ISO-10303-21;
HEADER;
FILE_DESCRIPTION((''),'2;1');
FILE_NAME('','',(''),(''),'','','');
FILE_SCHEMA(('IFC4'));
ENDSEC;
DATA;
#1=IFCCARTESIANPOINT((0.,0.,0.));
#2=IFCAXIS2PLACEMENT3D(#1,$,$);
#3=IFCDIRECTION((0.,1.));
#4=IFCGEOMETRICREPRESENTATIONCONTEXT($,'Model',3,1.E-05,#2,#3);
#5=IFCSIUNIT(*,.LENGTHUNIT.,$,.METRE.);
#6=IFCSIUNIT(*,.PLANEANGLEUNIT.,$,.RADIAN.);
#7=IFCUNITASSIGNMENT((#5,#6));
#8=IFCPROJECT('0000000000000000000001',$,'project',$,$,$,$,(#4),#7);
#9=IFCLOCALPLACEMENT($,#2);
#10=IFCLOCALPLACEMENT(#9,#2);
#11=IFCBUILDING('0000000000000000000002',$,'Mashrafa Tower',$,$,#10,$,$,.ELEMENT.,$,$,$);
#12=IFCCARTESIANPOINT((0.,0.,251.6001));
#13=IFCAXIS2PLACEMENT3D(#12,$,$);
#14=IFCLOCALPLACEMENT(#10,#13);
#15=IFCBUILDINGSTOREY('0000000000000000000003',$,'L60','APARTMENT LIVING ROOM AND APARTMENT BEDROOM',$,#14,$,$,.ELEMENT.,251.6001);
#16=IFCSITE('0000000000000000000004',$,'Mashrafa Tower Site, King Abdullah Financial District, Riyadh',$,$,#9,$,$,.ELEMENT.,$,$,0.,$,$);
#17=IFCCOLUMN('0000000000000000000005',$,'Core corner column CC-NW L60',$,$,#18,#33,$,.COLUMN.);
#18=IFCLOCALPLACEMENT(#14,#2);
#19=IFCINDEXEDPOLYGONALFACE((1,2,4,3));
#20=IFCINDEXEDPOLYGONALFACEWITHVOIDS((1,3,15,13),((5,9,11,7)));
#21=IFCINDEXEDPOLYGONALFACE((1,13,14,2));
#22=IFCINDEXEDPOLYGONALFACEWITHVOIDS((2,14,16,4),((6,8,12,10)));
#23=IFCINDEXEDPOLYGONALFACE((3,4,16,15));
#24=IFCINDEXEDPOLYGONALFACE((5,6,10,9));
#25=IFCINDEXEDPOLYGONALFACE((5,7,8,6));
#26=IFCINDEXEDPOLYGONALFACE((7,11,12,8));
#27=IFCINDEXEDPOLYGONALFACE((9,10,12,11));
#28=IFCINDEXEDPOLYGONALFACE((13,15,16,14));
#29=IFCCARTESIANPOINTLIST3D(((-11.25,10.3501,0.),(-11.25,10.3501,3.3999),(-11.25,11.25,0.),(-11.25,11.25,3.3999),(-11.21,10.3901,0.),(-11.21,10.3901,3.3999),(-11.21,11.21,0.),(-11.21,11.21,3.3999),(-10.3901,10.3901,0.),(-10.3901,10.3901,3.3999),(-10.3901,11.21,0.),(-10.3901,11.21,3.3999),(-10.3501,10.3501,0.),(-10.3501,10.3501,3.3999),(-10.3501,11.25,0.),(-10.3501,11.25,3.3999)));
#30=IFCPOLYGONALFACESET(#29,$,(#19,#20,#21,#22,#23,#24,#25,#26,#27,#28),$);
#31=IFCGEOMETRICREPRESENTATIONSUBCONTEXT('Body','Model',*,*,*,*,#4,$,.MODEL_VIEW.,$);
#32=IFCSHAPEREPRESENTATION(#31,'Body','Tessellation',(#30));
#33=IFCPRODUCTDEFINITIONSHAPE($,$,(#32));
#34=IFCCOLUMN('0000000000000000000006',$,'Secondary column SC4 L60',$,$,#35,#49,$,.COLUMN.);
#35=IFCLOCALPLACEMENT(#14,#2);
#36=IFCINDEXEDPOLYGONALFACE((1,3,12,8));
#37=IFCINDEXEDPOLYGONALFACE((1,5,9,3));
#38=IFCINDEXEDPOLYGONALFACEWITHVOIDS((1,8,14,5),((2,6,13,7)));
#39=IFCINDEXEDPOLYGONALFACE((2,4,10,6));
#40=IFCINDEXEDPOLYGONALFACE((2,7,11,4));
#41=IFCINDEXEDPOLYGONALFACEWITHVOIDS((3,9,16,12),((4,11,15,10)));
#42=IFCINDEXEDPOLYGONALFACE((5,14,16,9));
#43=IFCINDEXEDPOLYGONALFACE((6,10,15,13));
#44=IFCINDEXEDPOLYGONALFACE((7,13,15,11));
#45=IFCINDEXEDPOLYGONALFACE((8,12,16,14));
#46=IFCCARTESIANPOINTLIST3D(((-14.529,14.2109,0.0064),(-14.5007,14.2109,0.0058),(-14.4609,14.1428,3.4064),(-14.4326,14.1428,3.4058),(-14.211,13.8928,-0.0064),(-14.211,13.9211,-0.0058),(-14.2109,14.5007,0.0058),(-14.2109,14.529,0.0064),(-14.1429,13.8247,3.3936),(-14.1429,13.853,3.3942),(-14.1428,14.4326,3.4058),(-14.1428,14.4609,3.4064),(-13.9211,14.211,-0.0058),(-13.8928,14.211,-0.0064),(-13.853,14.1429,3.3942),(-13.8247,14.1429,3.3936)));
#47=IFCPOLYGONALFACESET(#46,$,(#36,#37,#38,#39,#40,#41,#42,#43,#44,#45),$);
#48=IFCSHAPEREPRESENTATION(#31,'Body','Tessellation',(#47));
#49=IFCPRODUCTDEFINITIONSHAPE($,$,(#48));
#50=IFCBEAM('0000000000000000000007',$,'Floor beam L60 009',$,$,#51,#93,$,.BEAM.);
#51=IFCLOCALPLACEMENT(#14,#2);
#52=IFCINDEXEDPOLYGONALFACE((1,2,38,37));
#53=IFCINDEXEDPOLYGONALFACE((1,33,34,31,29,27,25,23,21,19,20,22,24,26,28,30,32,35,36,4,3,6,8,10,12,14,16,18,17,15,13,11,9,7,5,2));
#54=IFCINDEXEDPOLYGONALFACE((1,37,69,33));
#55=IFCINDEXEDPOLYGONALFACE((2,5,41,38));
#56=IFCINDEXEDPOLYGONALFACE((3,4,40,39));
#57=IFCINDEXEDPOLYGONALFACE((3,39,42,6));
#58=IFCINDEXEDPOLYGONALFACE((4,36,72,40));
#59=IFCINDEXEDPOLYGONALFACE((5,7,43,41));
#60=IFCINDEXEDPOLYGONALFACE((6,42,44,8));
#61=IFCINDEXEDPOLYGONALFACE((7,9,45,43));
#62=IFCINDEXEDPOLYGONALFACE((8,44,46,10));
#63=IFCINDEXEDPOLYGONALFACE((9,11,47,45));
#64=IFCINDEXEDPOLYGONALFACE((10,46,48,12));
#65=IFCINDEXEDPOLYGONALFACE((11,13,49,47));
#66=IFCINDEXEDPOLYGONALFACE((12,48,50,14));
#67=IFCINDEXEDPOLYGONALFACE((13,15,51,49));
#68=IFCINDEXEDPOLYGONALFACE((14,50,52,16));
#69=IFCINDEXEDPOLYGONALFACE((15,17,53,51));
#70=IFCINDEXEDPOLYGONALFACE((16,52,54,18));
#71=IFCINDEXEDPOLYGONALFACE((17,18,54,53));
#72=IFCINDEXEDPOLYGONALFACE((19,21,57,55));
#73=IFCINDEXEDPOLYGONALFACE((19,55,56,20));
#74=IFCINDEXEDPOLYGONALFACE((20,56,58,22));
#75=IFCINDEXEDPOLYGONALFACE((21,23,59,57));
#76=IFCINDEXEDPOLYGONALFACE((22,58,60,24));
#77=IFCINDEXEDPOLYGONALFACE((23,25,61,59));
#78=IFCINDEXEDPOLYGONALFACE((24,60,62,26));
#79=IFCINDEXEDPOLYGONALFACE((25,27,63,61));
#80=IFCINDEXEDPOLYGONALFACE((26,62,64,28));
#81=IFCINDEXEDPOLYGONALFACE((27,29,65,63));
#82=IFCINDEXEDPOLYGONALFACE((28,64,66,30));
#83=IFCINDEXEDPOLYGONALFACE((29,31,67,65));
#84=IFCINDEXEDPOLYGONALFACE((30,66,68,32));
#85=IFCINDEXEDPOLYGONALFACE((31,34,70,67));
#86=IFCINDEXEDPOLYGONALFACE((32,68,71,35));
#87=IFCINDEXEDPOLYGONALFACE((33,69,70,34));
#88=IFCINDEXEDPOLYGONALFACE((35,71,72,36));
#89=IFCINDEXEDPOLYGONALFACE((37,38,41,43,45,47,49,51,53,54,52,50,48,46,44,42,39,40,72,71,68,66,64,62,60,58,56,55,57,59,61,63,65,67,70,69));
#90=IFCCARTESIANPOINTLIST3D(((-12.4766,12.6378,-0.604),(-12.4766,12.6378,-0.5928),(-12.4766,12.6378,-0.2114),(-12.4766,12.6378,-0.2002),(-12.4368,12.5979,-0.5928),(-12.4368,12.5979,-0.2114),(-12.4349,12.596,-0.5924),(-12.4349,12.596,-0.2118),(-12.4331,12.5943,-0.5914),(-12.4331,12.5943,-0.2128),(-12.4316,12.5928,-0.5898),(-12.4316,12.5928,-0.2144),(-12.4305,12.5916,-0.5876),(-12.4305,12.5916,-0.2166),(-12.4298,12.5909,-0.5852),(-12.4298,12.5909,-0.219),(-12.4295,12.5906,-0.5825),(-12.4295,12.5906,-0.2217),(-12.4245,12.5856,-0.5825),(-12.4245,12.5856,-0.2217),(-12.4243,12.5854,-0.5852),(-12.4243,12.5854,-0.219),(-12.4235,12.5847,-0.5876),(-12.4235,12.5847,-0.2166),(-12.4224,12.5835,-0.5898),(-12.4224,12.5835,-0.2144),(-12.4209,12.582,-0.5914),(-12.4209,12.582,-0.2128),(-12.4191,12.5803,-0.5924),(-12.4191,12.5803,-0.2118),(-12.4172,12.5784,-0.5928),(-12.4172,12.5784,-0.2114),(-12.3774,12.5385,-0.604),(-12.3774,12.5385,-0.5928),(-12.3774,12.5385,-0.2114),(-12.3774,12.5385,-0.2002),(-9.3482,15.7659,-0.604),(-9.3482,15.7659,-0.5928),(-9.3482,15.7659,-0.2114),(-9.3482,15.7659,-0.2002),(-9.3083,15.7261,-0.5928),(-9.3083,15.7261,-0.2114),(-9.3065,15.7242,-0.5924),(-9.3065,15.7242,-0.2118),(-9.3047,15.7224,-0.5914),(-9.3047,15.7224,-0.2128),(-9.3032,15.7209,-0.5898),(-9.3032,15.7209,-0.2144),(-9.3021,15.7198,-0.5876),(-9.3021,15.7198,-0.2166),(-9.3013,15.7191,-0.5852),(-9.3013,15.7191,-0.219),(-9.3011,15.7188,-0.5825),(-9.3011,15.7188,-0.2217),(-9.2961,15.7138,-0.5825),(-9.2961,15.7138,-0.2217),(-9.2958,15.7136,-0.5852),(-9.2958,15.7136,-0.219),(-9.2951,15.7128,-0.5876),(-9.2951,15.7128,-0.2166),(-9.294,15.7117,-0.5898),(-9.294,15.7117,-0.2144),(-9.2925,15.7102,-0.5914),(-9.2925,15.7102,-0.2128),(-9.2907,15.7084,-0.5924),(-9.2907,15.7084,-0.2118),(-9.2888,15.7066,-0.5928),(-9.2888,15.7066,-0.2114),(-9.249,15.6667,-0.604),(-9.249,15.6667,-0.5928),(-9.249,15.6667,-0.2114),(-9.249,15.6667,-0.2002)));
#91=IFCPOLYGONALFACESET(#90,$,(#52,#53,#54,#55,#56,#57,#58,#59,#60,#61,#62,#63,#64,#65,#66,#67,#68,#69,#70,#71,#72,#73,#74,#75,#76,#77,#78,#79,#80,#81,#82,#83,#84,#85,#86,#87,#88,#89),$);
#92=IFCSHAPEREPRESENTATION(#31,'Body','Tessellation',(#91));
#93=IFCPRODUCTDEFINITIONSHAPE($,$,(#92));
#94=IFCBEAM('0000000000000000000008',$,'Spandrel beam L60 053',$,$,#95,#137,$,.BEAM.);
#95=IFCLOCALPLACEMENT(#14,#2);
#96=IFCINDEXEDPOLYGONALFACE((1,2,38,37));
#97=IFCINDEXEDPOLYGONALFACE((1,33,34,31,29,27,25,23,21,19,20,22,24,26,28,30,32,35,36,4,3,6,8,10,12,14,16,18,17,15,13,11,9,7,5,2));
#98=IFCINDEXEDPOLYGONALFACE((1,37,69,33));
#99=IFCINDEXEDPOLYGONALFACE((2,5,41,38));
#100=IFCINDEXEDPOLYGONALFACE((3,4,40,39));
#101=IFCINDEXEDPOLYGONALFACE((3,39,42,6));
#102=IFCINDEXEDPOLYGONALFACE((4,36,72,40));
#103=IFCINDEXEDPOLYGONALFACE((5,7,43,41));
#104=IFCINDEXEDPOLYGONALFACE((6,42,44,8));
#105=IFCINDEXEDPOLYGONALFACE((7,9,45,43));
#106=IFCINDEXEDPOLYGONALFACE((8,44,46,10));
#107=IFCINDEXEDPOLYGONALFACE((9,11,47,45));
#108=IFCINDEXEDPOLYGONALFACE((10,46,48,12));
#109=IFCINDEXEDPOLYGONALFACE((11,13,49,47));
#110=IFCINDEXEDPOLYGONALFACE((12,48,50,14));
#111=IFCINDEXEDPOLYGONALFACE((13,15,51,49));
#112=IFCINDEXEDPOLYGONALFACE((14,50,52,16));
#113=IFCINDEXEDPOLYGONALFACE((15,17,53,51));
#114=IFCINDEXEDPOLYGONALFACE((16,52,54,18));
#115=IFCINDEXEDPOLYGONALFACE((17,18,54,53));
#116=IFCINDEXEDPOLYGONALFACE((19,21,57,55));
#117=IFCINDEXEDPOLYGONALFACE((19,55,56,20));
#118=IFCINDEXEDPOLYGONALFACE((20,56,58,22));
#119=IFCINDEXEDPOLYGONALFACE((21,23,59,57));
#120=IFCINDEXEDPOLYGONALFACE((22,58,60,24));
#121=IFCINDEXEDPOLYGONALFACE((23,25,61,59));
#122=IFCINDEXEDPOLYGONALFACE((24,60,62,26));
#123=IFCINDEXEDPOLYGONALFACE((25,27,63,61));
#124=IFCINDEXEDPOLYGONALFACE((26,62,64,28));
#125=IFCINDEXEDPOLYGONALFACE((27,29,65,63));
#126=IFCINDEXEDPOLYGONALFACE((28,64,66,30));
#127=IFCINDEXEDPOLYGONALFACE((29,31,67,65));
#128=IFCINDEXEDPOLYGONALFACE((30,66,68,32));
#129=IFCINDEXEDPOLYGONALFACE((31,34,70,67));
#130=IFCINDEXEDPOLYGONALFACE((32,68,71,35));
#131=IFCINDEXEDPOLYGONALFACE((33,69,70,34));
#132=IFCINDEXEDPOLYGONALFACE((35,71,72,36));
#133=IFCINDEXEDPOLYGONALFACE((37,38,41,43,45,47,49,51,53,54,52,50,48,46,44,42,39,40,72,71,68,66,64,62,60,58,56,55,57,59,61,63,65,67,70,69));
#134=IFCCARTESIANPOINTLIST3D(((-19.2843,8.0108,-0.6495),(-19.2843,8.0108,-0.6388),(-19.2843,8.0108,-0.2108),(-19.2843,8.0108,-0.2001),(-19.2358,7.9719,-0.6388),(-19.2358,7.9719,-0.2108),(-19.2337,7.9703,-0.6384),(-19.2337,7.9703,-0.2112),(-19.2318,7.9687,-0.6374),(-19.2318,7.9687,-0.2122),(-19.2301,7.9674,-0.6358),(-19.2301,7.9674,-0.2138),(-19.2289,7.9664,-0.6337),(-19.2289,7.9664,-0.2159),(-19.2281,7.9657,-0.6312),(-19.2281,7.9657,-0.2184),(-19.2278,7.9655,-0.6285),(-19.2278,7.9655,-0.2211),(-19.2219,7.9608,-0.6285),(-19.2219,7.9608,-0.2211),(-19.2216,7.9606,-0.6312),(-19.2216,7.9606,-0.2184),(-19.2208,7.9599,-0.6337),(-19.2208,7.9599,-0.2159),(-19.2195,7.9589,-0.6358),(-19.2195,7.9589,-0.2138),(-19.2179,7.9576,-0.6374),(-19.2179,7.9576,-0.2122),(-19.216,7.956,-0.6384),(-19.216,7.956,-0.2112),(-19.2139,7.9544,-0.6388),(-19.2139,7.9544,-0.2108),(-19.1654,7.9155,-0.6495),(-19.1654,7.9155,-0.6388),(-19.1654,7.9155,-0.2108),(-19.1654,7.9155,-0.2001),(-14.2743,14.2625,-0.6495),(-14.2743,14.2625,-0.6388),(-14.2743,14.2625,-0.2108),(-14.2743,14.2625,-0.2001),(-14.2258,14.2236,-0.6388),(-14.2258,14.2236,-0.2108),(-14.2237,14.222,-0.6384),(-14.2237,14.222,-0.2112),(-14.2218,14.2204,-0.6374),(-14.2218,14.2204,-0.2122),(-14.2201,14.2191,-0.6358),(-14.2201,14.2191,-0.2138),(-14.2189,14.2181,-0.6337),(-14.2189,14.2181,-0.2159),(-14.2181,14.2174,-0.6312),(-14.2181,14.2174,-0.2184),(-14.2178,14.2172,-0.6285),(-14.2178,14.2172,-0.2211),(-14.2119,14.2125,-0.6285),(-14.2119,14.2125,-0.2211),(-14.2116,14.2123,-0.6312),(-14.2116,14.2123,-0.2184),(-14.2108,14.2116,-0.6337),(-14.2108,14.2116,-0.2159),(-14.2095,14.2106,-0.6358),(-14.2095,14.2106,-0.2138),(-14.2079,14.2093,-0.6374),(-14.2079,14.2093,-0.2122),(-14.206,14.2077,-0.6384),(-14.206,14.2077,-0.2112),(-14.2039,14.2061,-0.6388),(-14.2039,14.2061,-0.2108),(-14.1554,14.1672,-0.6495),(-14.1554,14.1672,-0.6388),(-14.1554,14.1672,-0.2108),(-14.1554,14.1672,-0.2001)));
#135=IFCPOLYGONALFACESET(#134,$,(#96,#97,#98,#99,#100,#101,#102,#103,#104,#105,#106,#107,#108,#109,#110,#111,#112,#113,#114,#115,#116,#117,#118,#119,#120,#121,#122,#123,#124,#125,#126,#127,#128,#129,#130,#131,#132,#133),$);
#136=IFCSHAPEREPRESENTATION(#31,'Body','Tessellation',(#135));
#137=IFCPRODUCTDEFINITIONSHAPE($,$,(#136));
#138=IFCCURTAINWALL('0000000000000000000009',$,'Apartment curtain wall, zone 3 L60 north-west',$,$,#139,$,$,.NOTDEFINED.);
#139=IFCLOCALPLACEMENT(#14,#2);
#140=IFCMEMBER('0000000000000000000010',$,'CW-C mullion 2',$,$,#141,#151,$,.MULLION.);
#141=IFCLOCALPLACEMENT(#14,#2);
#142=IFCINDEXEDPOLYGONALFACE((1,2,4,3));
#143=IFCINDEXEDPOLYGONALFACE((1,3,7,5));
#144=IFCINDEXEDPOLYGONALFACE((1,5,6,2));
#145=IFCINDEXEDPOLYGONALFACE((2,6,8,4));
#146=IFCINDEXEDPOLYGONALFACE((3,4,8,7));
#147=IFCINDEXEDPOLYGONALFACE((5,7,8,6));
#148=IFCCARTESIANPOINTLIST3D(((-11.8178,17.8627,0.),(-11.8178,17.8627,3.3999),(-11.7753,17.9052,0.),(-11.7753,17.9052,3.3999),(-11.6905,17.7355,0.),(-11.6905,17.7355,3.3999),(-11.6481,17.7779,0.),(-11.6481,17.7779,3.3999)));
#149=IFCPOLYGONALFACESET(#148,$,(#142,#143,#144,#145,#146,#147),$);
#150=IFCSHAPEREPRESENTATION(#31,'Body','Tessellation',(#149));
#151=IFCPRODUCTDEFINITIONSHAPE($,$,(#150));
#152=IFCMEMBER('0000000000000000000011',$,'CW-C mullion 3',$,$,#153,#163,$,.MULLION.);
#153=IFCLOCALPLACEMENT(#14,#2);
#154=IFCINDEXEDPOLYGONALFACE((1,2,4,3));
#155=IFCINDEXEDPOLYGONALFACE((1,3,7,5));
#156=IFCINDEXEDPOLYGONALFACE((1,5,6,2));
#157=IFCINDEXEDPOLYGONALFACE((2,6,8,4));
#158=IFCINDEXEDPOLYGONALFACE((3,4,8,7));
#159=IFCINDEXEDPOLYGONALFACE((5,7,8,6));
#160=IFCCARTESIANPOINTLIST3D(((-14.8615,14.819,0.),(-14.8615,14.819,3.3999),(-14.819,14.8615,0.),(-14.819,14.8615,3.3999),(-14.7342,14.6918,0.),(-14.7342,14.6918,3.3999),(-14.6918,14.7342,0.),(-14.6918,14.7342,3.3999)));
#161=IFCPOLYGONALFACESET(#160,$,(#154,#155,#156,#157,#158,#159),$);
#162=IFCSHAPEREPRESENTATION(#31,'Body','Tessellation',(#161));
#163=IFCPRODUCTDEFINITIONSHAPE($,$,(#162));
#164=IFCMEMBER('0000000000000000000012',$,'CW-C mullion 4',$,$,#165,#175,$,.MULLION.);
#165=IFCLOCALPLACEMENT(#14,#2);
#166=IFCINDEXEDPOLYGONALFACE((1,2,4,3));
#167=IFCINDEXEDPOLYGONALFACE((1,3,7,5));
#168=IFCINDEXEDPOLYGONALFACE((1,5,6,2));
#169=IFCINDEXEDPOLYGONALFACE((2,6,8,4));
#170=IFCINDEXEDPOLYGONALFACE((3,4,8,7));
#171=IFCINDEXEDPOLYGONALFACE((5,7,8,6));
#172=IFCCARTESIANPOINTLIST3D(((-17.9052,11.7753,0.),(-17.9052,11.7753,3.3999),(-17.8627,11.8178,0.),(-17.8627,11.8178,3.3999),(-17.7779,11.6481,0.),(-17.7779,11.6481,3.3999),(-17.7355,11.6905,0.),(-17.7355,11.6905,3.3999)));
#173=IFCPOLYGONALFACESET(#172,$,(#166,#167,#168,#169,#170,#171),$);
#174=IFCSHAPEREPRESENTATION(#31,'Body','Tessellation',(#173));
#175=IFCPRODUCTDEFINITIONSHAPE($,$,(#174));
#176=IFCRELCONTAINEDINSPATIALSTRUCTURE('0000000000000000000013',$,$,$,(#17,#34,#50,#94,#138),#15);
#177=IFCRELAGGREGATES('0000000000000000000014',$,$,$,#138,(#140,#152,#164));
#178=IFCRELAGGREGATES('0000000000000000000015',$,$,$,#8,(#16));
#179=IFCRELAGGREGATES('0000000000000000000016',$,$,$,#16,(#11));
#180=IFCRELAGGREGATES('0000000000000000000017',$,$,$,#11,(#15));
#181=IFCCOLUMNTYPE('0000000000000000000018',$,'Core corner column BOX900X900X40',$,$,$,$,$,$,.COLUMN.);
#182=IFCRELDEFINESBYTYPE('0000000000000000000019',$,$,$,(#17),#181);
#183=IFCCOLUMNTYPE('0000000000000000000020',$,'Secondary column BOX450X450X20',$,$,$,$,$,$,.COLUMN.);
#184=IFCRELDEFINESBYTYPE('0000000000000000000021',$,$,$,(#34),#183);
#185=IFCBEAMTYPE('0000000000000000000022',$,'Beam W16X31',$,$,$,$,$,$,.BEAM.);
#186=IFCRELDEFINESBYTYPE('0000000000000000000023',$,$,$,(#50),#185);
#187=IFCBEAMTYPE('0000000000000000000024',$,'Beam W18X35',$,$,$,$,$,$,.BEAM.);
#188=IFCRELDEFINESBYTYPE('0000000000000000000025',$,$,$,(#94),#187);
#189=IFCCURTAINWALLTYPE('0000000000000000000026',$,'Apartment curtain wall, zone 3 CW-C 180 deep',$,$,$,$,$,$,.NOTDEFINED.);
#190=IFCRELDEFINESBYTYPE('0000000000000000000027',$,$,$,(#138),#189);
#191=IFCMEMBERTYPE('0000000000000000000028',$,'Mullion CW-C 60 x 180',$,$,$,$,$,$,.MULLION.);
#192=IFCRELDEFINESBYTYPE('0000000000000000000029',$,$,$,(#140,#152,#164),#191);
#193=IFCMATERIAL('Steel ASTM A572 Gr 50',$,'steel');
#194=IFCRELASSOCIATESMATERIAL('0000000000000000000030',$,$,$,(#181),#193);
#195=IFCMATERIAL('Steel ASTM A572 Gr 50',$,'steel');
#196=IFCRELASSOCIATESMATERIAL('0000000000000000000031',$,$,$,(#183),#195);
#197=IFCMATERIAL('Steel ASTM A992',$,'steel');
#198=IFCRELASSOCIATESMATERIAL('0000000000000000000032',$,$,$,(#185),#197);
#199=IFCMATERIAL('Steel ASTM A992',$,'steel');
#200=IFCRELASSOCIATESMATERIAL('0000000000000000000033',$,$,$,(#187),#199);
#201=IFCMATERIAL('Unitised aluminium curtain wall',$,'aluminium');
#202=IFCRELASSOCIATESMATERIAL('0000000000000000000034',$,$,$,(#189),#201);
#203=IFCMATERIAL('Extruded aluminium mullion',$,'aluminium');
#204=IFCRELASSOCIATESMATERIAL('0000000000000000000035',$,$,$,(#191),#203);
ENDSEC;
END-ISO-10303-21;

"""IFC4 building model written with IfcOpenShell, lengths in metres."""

from ifc_helpers import new_model, si_unit, direction, frame, origin, origin_2d, place, context, subcontext, project, spatial, rectangle, hollow_rectangle, i_section, extrude, source, transform, mapped, material, material_profile, profile_set, type_object, type_shapes, element, aggregate, save


model = new_model("IFC4")

# Units and contexts
model_context = context("Model", 3, precision=1e-05, world=origin(), true_north=direction((0.0, 1.0)))
body_context = subcontext(model_context, "Body", "Model", "MODEL_VIEW")
ifc_project = project(units=[si_unit("LENGTHUNIT", "METRE"), si_unit("PLANEANGLEUNIT", "RADIAN")], contexts=[model_context])

# Site, building, storey
site_placement = place(None, origin())
site = spatial("IfcSite", under=ifc_project, at=site_placement, Name="Mashrafa Tower Site, King Abdullah Financial District, Riyadh", CompositionType="ELEMENT", RefElevation=0.0)
building_placement = place(site_placement, origin())
building = spatial("IfcBuilding", under=site, at=building_placement, Name="Mashrafa Tower", CompositionType="ELEMENT")
storey_placement = place(building_placement, frame((0.0, 0.0, 251.6001)))
storey = spatial("IfcBuildingStorey", under=building, at=storey_placement, Name="L60", Description="APARTMENT LIVING ROOM AND APARTMENT BEDROOM", CompositionType="ELEMENT", Elevation=251.6001)

# Columns
ifc_material_1 = material(Name="Steel ASTM A572 Gr 50", Category="steel")
ifc_material_profile_1 = material_profile(ifc_material_1, hollow_rectangle(XDim=0.8999, YDim=0.8999, WallThickness=0.04, at=origin_2d()), Name="BOX900X900X40")
ifc_profile_set_1 = profile_set([ifc_material_profile_1], Name="Steel ASTM A572 Gr 50")
column_type_1 = type_object("IfcColumnType", Name="Core corner column BOX900X900X40", PredefinedType="COLUMN", material=ifc_profile_set_1)
column_1_placement = place(storey_placement, frame((-10.8, 10.8, 0.0), z_axis=(0.0, 0.0, 1.0), x_axis=(1.0, 0.0, 0.0)))
element("IfcColumn", 1, at=column_1_placement, inside=storey, type_object=column_type_1, Name="Core corner column CC-NW L60", PredefinedType="COLUMN", context=body_context, shape_type="SweptSolid", body=[
    extrude(hollow_rectangle(XDim=0.8999, YDim=0.8999, WallThickness=0.04, at=origin_2d()), origin(), (0.0, 0.0, 1.0), 3.3999),
])
ifc_material_2 = material(Name="Steel ASTM A572 Gr 50", Category="steel")
ifc_material_profile_2 = material_profile(ifc_material_2, hollow_rectangle(XDim=0.45, YDim=0.45, WallThickness=0.02, at=origin_2d()), Name="BOX450X450X20")
ifc_profile_set_2 = profile_set([ifc_material_profile_2], Name="Steel ASTM A572 Gr 50")
column_type_2 = type_object("IfcColumnType", Name="Secondary column BOX450X450X20", PredefinedType="COLUMN", material=ifc_profile_set_2)
column_2_placement = place(storey_placement, frame((-14.2109, 14.2109, 0.0), z_axis=(0.020026, -0.020026, 0.999599), x_axis=(0.707107, 0.707107, 0.0)))
element("IfcColumn", 2, at=column_2_placement, inside=storey, type_object=column_type_2, Name="Secondary column SC4 L60", PredefinedType="COLUMN", context=body_context, shape_type="SweptSolid", body=[
    extrude(hollow_rectangle(XDim=0.45, YDim=0.45, WallThickness=0.02, at=origin_2d()), origin(), (0.0, 0.0, 1.0), 3.4014),
])

# Beams
ifc_material_3 = material(Name="Steel ASTM A992", Category="steel")
ifc_material_profile_3 = material_profile(ifc_material_3, i_section(OverallWidth=0.1404, OverallDepth=0.4038, WebThickness=0.0071, FlangeThickness=0.0112, FilletRadius=0.0103, at=origin_2d()), Name="W16X31")
ifc_profile_set_3 = profile_set([ifc_material_profile_3], Name="Steel ASTM A992")
beam_type_1 = type_object("IfcBeamType", Name="Beam W16X31", PredefinedType="BEAM", material=ifc_profile_set_3)
beam_1_placement = place(storey_placement, frame((-12.427, 12.5881, -0.4021), z_axis=(0.707134, 0.707079, 0.0), x_axis=(-0.707079, 0.707134, 0.0)))
element("IfcBeam", 3, at=beam_1_placement, inside=storey, type_object=beam_type_1, Name="Floor beam L60 009", PredefinedType="BEAM", context=body_context, shape_type="SweptSolid", body=[
    extrude(i_section(OverallWidth=0.1404, OverallDepth=0.4038, WebThickness=0.0071, FlangeThickness=0.0112, FilletRadius=0.0103, at=origin_2d()), origin(), (0.0, 0.0, 1.0), 4.4241),
])
ifc_material_4 = material(Name="Steel ASTM A992", Category="steel")
ifc_material_profile_4 = material_profile(ifc_material_4, i_section(OverallWidth=0.1523, OverallDepth=0.4495, WebThickness=0.0076, FlangeThickness=0.0107, FilletRadius=0.0103, at=origin_2d()), Name="W18X35")
ifc_profile_set_4 = profile_set([ifc_material_profile_4], Name="Steel ASTM A992")
beam_type_2 = type_object("IfcBeamType", Name="Beam W18X35", PredefinedType="BEAM", material=ifc_profile_set_4)
beam_2_placement = place(storey_placement, frame((-14.2148, 14.2148, -0.4248), z_axis=(-0.625353, -0.780342, 0.0), x_axis=(0.780342, -0.625353, 0.0)))
element("IfcBeam", 4, at=beam_2_placement, inside=storey, type_object=beam_type_2, Name="Spandrel beam L60 053", PredefinedType="BEAM", context=body_context, shape_type="SweptSolid", body=[
    extrude(i_section(OverallWidth=0.1523, OverallDepth=0.4495, WebThickness=0.0076, FlangeThickness=0.0107, FilletRadius=0.0103, at=origin_2d()), origin(), (0.0, 0.0, 1.0), 8.0115),
])

# Curtain wall, members
ifc_material_5 = material(Name="Unitised aluminium curtain wall", Category="aluminium")
curtain_wall_type = type_object("IfcCurtainWallType", Name="Apartment curtain wall, zone 3 CW-C 180 deep", PredefinedType="NOTDEFINED", material=ifc_material_5)
curtain_wall_placement = place(storey_placement, origin())
curtain_wall = element("IfcCurtainWall", 5, at=curtain_wall_placement, inside=storey, type_object=curtain_wall_type, Name="Apartment curtain wall, zone 3 L60 north-west", PredefinedType="NOTDEFINED")
ifc_material_6 = material(Name="Extruded aluminium mullion", Category="aluminium")
ifc_material_profile_5 = material_profile(ifc_material_6, rectangle(XDim=0.1799, YDim=0.0601, at=origin_2d()), Name="Mullion 60x180")
ifc_profile_set_5 = profile_set([ifc_material_profile_5], Name="Extruded aluminium mullion")
member_type_1 = type_object("IfcMemberType", Name="Mullion CW-C 60 x 180", PredefinedType="MULLION", material=ifc_profile_set_5)
shared_shape_1 = source(origin(), body_context, "Body", "SweptSolid", [
    extrude(rectangle(XDim=0.1799, YDim=0.0601, at=origin_2d()), origin(), (0.0, 0.0, 1.0), 3.3999),
])
type_shapes(member_type_1, [shared_shape_1])
member_1_placement = place(storey_placement, frame((-11.7329, 17.8203, 0.0), z_axis=(0.0, 0.0, 1.0), x_axis=(0.707107, -0.707107, 0.0)))
member_1 = element("IfcMember", 6, at=member_1_placement, type_object=member_type_1, Name="CW-C mullion 2", PredefinedType="MULLION", context=body_context, shape_type="MappedRepresentation", body=[
    mapped(shared_shape_1, transform((0.0, 0.0, 0.0))),
])
member_2_placement = place(storey_placement, frame((-14.7766, 14.7766, 0.0), z_axis=(0.0, 0.0, 1.0), x_axis=(0.707107, -0.707107, 0.0)))
member_2 = element("IfcMember", 7, at=member_2_placement, type_object=member_type_1, Name="CW-C mullion 3", PredefinedType="MULLION", context=body_context, shape_type="MappedRepresentation", body=[
    mapped(shared_shape_1, transform((0.0, 0.0, 0.0))),
])
member_3_placement = place(storey_placement, frame((-17.8203, 11.7329, 0.0), z_axis=(0.0, 0.0, 1.0), x_axis=(0.707107, -0.707107, 0.0)))
member_3 = element("IfcMember", 8, at=member_3_placement, type_object=member_type_1, Name="CW-C mullion 4", PredefinedType="MULLION", context=body_context, shape_type="MappedRepresentation", body=[
    mapped(shared_shape_1, transform((0.0, 0.0, 0.0))),
])
aggregate(curtain_wall, [member_1, member_2, member_3])

save(model, "model.ifc")
